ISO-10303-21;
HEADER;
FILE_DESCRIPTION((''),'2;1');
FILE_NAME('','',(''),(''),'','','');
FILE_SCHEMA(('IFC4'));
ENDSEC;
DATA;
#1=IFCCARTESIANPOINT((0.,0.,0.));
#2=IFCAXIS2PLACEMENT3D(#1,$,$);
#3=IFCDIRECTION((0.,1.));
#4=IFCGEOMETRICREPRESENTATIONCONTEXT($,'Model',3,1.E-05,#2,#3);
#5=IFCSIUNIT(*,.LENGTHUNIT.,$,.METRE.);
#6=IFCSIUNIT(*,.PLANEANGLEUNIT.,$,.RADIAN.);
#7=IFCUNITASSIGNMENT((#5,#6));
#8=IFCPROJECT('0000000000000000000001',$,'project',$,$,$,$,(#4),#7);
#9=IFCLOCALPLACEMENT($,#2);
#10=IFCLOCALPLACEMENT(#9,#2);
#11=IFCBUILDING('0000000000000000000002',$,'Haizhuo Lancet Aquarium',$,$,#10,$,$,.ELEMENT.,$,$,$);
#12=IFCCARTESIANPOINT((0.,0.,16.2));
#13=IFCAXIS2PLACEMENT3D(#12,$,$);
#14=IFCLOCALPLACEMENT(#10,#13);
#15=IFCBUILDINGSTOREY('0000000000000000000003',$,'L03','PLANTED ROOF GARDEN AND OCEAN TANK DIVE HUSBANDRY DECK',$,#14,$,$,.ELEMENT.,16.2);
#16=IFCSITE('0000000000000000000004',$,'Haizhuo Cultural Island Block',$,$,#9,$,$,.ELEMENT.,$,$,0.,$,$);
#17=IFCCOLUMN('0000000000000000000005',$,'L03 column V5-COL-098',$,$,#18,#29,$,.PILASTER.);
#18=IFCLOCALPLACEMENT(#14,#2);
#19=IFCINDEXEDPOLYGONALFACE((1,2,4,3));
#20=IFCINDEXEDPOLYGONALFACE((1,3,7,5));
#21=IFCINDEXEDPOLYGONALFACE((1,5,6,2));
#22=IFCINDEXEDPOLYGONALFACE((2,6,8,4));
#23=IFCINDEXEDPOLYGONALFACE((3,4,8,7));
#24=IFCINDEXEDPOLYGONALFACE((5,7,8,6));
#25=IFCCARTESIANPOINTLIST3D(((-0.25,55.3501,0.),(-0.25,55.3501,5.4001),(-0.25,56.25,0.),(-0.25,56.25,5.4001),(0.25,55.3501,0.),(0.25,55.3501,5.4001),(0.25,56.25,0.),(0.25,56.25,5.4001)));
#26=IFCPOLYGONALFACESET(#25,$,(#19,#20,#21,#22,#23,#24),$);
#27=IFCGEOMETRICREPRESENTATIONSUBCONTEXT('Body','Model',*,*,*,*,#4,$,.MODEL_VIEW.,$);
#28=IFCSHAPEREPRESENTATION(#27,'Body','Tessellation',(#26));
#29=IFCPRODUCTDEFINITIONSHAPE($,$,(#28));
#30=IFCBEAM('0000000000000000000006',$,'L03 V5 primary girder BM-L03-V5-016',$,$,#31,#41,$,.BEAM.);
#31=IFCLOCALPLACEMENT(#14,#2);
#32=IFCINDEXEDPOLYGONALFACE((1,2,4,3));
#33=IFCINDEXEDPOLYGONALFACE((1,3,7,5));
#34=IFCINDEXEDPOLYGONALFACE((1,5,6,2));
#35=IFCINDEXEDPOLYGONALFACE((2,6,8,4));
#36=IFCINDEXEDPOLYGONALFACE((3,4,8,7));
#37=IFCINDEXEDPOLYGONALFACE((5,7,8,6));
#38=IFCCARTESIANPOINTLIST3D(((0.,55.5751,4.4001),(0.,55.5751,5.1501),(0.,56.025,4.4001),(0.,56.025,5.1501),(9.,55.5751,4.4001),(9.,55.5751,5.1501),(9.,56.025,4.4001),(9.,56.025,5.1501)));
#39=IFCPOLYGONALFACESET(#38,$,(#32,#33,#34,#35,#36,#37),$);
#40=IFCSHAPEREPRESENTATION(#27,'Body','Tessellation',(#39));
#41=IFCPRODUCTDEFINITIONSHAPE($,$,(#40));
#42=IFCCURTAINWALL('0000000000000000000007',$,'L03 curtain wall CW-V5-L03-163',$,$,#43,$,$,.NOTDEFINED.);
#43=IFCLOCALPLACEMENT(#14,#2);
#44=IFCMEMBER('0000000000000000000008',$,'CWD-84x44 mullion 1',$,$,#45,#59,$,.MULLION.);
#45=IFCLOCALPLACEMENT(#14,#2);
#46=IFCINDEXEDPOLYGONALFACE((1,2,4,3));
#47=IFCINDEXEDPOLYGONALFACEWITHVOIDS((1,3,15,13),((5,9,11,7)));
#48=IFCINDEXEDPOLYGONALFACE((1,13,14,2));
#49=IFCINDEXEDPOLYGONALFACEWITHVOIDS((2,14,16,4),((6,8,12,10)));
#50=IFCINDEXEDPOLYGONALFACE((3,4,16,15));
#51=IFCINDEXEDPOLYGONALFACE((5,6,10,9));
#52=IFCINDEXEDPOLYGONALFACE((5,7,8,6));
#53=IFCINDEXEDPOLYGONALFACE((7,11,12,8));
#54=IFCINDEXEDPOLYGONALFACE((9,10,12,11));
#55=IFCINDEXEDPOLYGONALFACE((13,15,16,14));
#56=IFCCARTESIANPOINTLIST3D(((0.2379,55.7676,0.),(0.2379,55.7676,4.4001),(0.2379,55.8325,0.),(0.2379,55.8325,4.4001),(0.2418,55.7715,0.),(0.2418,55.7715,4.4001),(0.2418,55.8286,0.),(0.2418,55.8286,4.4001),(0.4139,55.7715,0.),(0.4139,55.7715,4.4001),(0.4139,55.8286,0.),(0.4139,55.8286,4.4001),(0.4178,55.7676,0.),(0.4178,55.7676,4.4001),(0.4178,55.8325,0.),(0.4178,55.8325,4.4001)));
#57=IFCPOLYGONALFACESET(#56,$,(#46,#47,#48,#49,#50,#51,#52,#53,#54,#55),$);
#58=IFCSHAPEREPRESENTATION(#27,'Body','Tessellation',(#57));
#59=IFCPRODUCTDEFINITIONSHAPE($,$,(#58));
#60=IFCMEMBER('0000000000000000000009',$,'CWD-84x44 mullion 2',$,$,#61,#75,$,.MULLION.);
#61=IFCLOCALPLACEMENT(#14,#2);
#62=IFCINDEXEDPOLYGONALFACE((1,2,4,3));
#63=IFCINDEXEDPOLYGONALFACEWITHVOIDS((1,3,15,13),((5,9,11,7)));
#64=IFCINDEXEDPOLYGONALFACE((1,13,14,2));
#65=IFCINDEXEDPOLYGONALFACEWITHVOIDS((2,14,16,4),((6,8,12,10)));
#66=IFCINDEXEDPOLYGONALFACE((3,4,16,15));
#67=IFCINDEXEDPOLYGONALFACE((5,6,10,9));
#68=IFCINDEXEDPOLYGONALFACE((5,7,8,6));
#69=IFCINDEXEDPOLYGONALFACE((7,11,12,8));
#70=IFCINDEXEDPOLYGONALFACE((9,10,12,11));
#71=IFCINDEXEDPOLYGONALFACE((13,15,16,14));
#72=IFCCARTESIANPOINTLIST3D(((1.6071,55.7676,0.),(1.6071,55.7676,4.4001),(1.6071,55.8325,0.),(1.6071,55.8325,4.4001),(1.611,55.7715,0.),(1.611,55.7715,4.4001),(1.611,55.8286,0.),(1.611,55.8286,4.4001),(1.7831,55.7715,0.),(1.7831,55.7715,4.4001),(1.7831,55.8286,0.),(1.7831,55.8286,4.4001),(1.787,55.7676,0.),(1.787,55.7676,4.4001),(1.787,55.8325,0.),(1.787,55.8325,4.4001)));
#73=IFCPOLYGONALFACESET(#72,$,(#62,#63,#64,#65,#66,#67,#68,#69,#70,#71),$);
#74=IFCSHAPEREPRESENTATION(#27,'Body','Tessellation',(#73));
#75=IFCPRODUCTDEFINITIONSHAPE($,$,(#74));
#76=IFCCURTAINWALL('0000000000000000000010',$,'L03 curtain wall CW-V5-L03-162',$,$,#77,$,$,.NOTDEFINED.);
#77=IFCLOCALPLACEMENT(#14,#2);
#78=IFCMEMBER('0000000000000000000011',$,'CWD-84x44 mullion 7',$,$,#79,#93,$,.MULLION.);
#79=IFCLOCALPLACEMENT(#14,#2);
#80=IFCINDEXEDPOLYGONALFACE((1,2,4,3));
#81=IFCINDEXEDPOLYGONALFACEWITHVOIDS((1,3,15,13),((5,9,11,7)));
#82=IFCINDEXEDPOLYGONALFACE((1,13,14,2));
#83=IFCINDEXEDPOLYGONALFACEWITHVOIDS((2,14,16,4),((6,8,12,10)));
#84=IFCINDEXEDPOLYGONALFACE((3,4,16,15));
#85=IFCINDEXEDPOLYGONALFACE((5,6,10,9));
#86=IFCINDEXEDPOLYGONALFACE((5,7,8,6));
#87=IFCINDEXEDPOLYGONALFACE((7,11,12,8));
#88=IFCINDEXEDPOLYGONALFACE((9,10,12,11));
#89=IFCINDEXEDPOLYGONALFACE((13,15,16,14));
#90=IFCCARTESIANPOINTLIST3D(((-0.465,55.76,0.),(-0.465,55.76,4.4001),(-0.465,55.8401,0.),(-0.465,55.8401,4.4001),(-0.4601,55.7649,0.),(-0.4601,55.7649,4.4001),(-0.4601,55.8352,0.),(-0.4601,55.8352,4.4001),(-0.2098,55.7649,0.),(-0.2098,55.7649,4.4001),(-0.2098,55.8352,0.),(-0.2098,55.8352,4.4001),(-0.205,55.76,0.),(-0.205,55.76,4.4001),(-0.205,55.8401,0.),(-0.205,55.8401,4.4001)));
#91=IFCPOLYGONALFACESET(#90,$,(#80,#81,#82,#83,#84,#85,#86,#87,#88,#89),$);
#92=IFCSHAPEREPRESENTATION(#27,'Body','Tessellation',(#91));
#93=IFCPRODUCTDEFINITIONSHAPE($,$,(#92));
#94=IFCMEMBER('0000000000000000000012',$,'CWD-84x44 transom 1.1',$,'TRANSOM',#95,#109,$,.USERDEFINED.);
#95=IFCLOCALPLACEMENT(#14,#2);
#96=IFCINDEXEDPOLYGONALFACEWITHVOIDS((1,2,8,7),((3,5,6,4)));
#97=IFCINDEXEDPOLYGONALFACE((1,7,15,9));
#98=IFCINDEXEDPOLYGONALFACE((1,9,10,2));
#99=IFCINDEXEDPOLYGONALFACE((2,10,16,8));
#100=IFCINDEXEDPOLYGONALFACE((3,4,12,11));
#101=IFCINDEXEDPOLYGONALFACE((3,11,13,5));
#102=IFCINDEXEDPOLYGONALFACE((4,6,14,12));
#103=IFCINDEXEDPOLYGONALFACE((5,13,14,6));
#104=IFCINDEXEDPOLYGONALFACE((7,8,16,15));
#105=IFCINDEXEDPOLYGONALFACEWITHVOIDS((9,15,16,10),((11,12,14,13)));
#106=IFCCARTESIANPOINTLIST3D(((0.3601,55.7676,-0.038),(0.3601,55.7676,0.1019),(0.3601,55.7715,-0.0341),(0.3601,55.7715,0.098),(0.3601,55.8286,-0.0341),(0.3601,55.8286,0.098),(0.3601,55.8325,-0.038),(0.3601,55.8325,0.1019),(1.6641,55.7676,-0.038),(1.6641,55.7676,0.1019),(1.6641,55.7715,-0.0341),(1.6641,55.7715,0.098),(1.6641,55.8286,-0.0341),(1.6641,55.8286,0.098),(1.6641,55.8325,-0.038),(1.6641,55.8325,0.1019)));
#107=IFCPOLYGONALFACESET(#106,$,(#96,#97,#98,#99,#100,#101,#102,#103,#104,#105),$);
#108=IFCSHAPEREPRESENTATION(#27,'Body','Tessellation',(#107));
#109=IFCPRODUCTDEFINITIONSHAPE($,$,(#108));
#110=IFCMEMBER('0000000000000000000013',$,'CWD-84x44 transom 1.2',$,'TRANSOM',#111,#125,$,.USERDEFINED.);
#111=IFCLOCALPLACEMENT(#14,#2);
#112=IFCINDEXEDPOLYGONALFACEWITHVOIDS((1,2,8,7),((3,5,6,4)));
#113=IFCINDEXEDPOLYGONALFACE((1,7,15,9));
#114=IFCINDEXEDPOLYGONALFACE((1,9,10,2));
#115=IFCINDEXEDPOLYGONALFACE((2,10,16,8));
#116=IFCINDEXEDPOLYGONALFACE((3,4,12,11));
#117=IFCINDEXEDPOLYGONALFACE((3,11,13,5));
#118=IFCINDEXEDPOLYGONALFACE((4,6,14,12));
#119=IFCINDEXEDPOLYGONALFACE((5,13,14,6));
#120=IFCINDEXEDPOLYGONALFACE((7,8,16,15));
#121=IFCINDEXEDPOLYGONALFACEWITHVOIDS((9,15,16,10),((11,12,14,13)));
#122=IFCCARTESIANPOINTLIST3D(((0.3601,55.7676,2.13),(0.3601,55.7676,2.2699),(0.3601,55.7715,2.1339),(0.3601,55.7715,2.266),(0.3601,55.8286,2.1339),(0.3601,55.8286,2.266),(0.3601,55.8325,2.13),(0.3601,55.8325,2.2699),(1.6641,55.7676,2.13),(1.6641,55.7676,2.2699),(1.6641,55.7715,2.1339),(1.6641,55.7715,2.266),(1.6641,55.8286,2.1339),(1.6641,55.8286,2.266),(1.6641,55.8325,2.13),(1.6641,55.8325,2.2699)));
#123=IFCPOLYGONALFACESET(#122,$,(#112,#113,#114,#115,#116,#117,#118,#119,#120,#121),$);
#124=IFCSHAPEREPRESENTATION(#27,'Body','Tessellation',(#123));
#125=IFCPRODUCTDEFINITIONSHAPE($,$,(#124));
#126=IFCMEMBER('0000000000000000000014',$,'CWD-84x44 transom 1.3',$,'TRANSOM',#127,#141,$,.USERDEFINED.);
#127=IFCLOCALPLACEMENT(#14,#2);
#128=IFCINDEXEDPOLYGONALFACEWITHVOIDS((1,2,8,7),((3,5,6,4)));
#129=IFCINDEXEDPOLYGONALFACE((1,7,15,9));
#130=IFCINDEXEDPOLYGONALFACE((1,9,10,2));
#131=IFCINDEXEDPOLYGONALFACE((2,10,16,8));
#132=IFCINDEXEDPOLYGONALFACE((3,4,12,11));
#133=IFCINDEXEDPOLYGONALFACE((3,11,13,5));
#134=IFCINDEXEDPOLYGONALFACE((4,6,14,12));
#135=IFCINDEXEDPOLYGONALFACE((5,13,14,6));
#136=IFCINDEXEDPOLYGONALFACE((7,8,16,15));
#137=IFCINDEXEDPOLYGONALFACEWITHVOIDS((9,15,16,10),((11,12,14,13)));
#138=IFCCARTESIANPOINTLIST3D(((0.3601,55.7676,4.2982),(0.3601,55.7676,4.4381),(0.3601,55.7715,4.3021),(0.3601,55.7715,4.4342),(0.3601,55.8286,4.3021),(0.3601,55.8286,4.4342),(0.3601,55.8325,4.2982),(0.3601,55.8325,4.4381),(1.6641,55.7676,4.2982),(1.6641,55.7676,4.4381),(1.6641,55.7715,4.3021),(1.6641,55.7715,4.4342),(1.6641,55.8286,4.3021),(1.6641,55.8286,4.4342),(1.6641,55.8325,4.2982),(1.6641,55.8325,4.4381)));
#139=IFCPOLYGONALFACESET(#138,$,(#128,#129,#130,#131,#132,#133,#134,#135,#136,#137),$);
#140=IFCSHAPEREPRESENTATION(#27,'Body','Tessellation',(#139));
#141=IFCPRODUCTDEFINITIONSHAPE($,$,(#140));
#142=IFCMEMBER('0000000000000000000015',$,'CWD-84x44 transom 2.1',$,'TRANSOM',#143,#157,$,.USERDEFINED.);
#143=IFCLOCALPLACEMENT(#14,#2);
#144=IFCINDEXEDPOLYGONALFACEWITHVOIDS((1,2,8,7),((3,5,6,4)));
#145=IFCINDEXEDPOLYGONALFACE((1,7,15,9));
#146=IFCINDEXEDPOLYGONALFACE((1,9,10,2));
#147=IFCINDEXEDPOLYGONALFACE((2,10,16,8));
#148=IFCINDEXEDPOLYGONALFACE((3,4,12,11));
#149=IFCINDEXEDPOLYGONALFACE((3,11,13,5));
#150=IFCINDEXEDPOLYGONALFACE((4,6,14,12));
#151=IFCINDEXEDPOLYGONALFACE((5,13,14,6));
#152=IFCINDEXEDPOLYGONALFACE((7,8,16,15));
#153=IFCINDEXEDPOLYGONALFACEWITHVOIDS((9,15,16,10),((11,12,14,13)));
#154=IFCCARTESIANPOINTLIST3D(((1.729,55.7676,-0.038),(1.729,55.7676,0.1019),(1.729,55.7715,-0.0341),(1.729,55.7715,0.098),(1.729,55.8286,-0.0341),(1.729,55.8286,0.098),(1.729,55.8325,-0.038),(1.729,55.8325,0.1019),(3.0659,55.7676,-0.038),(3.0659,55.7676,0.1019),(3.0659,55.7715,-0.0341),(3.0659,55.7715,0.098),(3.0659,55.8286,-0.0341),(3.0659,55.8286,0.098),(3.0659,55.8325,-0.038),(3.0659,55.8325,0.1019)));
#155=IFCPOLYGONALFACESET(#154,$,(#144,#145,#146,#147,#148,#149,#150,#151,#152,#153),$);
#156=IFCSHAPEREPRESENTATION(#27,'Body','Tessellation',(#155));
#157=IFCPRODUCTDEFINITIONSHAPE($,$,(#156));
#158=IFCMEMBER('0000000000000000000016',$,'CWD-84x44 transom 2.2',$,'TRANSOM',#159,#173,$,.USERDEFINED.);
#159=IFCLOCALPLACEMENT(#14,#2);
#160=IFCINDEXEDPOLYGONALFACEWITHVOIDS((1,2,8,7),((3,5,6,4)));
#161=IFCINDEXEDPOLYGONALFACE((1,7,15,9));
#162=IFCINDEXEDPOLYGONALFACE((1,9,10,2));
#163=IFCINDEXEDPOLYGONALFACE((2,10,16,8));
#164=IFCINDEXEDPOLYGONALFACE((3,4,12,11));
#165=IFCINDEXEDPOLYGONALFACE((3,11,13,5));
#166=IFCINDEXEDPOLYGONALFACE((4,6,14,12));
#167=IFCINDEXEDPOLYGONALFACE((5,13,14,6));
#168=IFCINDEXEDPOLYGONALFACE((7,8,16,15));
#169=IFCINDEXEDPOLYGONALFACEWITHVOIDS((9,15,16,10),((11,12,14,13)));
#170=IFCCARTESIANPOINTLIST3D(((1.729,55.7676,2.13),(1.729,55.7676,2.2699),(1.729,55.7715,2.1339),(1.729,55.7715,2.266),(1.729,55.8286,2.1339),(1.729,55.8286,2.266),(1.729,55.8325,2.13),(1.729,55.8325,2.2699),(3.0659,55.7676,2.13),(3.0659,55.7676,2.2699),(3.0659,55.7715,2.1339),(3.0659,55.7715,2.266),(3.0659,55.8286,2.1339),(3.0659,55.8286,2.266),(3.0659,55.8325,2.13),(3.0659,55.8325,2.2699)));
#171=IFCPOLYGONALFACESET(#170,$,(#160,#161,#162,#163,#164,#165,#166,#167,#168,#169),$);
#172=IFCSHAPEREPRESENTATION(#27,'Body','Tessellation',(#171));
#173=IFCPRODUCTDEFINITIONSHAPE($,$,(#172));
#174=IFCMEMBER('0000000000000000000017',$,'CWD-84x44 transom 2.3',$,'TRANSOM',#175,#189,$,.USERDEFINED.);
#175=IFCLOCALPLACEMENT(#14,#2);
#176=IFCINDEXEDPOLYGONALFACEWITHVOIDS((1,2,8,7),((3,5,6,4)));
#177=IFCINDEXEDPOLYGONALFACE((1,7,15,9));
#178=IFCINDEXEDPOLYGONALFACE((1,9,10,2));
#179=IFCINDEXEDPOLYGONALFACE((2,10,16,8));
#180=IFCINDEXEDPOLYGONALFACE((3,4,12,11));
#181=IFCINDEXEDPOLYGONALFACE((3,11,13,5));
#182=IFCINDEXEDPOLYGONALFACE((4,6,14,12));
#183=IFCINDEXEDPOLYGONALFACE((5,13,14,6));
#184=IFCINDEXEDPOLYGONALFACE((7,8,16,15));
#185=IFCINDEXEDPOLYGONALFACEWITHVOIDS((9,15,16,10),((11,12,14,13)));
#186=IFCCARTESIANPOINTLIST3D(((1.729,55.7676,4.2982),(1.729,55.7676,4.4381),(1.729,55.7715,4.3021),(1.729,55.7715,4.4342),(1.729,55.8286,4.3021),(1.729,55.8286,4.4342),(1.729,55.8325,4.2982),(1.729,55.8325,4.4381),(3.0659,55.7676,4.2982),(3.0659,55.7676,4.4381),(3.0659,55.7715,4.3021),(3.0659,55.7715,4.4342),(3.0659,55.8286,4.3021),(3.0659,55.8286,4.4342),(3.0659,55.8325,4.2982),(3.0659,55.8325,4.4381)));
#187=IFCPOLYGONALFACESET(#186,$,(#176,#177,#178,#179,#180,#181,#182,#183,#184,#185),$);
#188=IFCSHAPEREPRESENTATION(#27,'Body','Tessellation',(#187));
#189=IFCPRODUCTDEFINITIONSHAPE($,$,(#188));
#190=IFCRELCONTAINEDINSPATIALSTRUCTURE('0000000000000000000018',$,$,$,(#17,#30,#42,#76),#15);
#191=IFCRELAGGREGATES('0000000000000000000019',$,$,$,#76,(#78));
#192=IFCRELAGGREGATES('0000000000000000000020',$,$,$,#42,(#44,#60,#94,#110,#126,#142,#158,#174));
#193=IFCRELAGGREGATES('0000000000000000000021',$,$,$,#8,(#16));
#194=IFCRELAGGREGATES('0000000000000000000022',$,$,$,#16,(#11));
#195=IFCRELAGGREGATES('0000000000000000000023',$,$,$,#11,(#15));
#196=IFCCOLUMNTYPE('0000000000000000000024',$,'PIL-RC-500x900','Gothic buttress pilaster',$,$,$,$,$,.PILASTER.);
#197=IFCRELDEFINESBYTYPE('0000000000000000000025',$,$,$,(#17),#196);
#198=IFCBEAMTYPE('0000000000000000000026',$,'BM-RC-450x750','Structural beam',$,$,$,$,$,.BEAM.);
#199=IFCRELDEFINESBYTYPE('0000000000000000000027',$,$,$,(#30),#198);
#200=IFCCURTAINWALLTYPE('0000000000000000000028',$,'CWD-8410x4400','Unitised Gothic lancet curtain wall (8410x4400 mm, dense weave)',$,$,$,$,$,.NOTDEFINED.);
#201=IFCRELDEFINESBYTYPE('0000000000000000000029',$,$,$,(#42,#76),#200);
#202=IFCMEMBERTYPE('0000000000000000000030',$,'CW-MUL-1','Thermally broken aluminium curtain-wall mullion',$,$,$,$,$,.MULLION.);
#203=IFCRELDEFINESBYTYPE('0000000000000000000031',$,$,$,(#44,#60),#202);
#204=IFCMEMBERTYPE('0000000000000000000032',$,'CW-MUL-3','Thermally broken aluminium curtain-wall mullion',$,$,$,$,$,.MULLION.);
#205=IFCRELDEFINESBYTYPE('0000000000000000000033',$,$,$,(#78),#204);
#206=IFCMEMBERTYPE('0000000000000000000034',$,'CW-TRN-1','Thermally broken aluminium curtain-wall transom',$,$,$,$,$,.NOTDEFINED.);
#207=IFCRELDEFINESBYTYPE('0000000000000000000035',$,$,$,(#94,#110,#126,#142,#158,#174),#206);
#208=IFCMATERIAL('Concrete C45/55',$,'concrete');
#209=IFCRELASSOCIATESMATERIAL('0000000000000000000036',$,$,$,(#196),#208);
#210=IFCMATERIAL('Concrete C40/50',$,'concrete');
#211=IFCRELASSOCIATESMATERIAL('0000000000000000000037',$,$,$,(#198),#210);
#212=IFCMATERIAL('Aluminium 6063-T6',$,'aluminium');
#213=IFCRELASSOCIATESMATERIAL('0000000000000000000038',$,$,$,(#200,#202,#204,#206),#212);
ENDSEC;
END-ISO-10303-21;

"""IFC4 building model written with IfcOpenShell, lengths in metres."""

from ifc_helpers import new_model, si_unit, direction, frame, origin, origin_2d, place, context, subcontext, project, spatial, rectangle, hollow_rectangle, extrude, material, material_profile, profile_set, type_object, element, aggregate, save


model = new_model("IFC4")

# Units and contexts
model_context = context("Model", 3, precision=1e-05, world=origin(), true_north=direction((0.0, 1.0)))
body_context = subcontext(model_context, "Body", "Model", "MODEL_VIEW")
ifc_project = project(units=[si_unit("LENGTHUNIT", "METRE"), si_unit("PLANEANGLEUNIT", "RADIAN")], contexts=[model_context])

# Site, building, storey
site_placement = place(None, origin())
site = spatial("IfcSite", under=ifc_project, at=site_placement, Name="Haizhuo Cultural Island Block", CompositionType="ELEMENT", RefElevation=0.0)
building_placement = place(site_placement, origin())
building = spatial("IfcBuilding", under=site, at=building_placement, Name="Haizhuo Lancet Aquarium", CompositionType="ELEMENT")
storey_placement = place(building_placement, frame((0.0, 0.0, 16.2)))
storey = spatial("IfcBuildingStorey", under=building, at=storey_placement, Name="L03", Description="PLANTED ROOF GARDEN AND OCEAN TANK DIVE HUSBANDRY DECK", CompositionType="ELEMENT", Elevation=16.2)

# Column
ifc_material_1 = material(Name="Concrete C45/55", Category="concrete")
ifc_material_profile_1 = material_profile(ifc_material_1, rectangle(XDim=0.5, YDim=0.8999, at=origin_2d()), Name="RC-PIL 500x900")
ifc_profile_set_1 = profile_set([ifc_material_profile_1], Name="Concrete C45/55")
column_type = type_object("IfcColumnType", Name="PIL-RC-500x900", Description="Gothic buttress pilaster", PredefinedType="PILASTER", material=ifc_profile_set_1)
column_placement = place(storey_placement, frame((0.0, 55.8, 0.0), z_axis=(0.0, 0.0, 1.0), x_axis=(1.0, 0.0, 0.0)))
element("IfcColumn", 1, at=column_placement, inside=storey, type_object=column_type, Name="L03 column V5-COL-098", PredefinedType="PILASTER", context=body_context, shape_type="SweptSolid", body=[
    extrude(rectangle(XDim=0.5, YDim=0.8999, at=origin_2d()), origin(), (0.0, 0.0, 1.0), 5.4001),
])

# Beam
ifc_material_2 = material(Name="Concrete C40/50", Category="concrete")
ifc_material_profile_2 = material_profile(ifc_material_2, rectangle(XDim=0.45, YDim=0.75, at=origin_2d()), Name="RC-BM 450x750")
ifc_profile_set_2 = profile_set([ifc_material_profile_2], Name="Concrete C40/50")
beam_type = type_object("IfcBeamType", Name="BM-RC-450x750", Description="Structural beam", PredefinedType="BEAM", material=ifc_profile_set_2)
beam_placement = place(storey_placement, frame((0.0, 55.8, 4.7751), z_axis=(1.0, 0.0, 0.0), x_axis=(0.0, 1.0, 0.0)))
element("IfcBeam", 2, at=beam_placement, inside=storey, type_object=beam_type, Name="L03 V5 primary girder BM-L03-V5-016", PredefinedType="BEAM", context=body_context, shape_type="SweptSolid", body=[
    extrude(rectangle(XDim=0.45, YDim=0.75, at=origin_2d()), origin(), (0.0, 0.0, 1.0), 9.0),
])

# Curtain wall, members
ifc_material_3 = material(Name="Aluminium 6063-T6", Category="aluminium")
curtain_wall_type = type_object("IfcCurtainWallType", Name="CWD-8410x4400", Description="Unitised Gothic lancet curtain wall (8410x4400 mm, dense weave)", PredefinedType="NOTDEFINED", material=ifc_material_3)
curtain_wall_1_placement = place(storey_placement, origin())
curtain_wall_1 = element("IfcCurtainWall", 3, at=curtain_wall_1_placement, inside=storey, type_object=curtain_wall_type, Name="L03 curtain wall CW-V5-L03-163", PredefinedType="NOTDEFINED")
ifc_material_profile_3 = material_profile(ifc_material_3, hollow_rectangle(XDim=0.0649, YDim=0.1799, WallThickness=0.0039, at=origin_2d()), Name="ALU-M 65x180x4")
ifc_profile_set_3 = profile_set([ifc_material_profile_3], Name="Aluminium 6063-T6")
member_type_1 = type_object("IfcMemberType", Name="CW-MUL-1", Description="Thermally broken aluminium curtain-wall mullion", PredefinedType="MULLION", material=ifc_profile_set_3)
member_1_placement = place(storey_placement, frame((0.3279, 55.8, 0.0), z_axis=(0.0, 0.0, 1.0), x_axis=(0.0, 1.0, 0.0)))
member_1 = element("IfcMember", 4, at=member_1_placement, type_object=member_type_1, Name="CWD-84x44 mullion 1", PredefinedType="MULLION", context=body_context, shape_type="SweptSolid", body=[
    extrude(hollow_rectangle(XDim=0.0649, YDim=0.1799, WallThickness=0.0039, at=origin_2d()), origin(), (0.0, 0.0, 1.0), 4.4001),
])
member_2_placement = place(storey_placement, frame((1.697, 55.8, 0.0), z_axis=(0.0, 0.0, 1.0), x_axis=(0.0, 1.0, 0.0)))
member_2 = element("IfcMember", 5, at=member_2_placement, type_object=member_type_1, Name="CWD-84x44 mullion 2", PredefinedType="MULLION", context=body_context, shape_type="SweptSolid", body=[
    extrude(hollow_rectangle(XDim=0.0649, YDim=0.1799, WallThickness=0.0039, at=origin_2d()), origin(), (0.0, 0.0, 1.0), 4.4001),
])

# Curtain wall, member
curtain_wall_2_placement = place(storey_placement, origin())
curtain_wall_2 = element("IfcCurtainWall", 6, at=curtain_wall_2_placement, inside=storey, type_object=curtain_wall_type, Name="L03 curtain wall CW-V5-L03-162", PredefinedType="NOTDEFINED")
ifc_material_profile_4 = material_profile(ifc_material_3, hollow_rectangle(XDim=0.0801, YDim=0.26, WallThickness=0.0049, at=origin_2d()), Name="ALU-M 80x260x5")
ifc_profile_set_4 = profile_set([ifc_material_profile_4], Name="Aluminium 6063-T6")
member_type_2 = type_object("IfcMemberType", Name="CW-MUL-3", Description="Thermally broken aluminium curtain-wall mullion", PredefinedType="MULLION", material=ifc_profile_set_4)
member_3_placement = place(storey_placement, frame((-0.335, 55.8, 0.0), z_axis=(0.0, 0.0, 1.0), x_axis=(0.0, 1.0, 0.0)))
member_3 = element("IfcMember", 7, at=member_3_placement, type_object=member_type_2, Name="CWD-84x44 mullion 7", PredefinedType="MULLION", context=body_context, shape_type="SweptSolid", body=[
    extrude(hollow_rectangle(XDim=0.0801, YDim=0.26, WallThickness=0.0049, at=origin_2d()), origin(), (0.0, 0.0, 1.0), 4.4001),
])
aggregate(curtain_wall_2, [member_3])

# Members
ifc_material_profile_5 = material_profile(ifc_material_3, hollow_rectangle(XDim=0.0649, YDim=0.1399, WallThickness=0.0039, at=origin_2d()), Name="ALU-T 65x140x4")
ifc_profile_set_5 = profile_set([ifc_material_profile_5], Name="Aluminium 6063-T6")
member_type_3 = type_object("IfcMemberType", Name="CW-TRN-1", Description="Thermally broken aluminium curtain-wall transom", PredefinedType="NOTDEFINED", material=ifc_profile_set_5)
member_4_placement = place(storey_placement, frame((0.3601, 55.8, 0.032), z_axis=(1.0, 0.0, 0.0), x_axis=(0.0, 1.0, 0.0)))
member_4 = element("IfcMember", 8, at=member_4_placement, type_object=member_type_3, Name="CWD-84x44 transom 1.1", ObjectType="TRANSOM", PredefinedType="USERDEFINED", context=body_context, shape_type="SweptSolid", body=[
    extrude(hollow_rectangle(XDim=0.0649, YDim=0.1399, WallThickness=0.0039, at=origin_2d()), origin(), (0.0, 0.0, 1.0), 1.304),
])
member_5_placement = place(storey_placement, frame((0.3601, 55.8, 2.2), z_axis=(1.0, 0.0, 0.0), x_axis=(0.0, 1.0, 0.0)))
member_5 = element("IfcMember", 9, at=member_5_placement, type_object=member_type_3, Name="CWD-84x44 transom 1.2", ObjectType="TRANSOM", PredefinedType="USERDEFINED", context=body_context, shape_type="SweptSolid", body=[
    extrude(hollow_rectangle(XDim=0.0649, YDim=0.1399, WallThickness=0.0039, at=origin_2d()), origin(), (0.0, 0.0, 1.0), 1.304),
])
member_6_placement = place(storey_placement, frame((0.3601, 55.8, 4.3682), z_axis=(1.0, 0.0, 0.0), x_axis=(0.0, 1.0, 0.0)))
member_6 = element("IfcMember", 10, at=member_6_placement, type_object=member_type_3, Name="CWD-84x44 transom 1.3", ObjectType="TRANSOM", PredefinedType="USERDEFINED", context=body_context, shape_type="SweptSolid", body=[
    extrude(hollow_rectangle(XDim=0.0649, YDim=0.1399, WallThickness=0.0039, at=origin_2d()), origin(), (0.0, 0.0, 1.0), 1.304),
])
member_7_placement = place(storey_placement, frame((1.729, 55.8, 0.032), z_axis=(1.0, 0.0, 0.0), x_axis=(0.0, 1.0, 0.0)))
member_7 = element("IfcMember", 11, at=member_7_placement, type_object=member_type_3, Name="CWD-84x44 transom 2.1", ObjectType="TRANSOM", PredefinedType="USERDEFINED", context=body_context, shape_type="SweptSolid", body=[
    extrude(hollow_rectangle(XDim=0.0649, YDim=0.1399, WallThickness=0.0039, at=origin_2d()), origin(), (0.0, 0.0, 1.0), 1.3369),
])
member_8_placement = place(storey_placement, frame((1.729, 55.8, 2.2), z_axis=(1.0, 0.0, 0.0), x_axis=(0.0, 1.0, 0.0)))
member_8 = element("IfcMember", 12, at=member_8_placement, type_object=member_type_3, Name="CWD-84x44 transom 2.2", ObjectType="TRANSOM", PredefinedType="USERDEFINED", context=body_context, shape_type="SweptSolid", body=[
    extrude(hollow_rectangle(XDim=0.0649, YDim=0.1399, WallThickness=0.0039, at=origin_2d()), origin(), (0.0, 0.0, 1.0), 1.3369),
])
member_9_placement = place(storey_placement, frame((1.729, 55.8, 4.3682), z_axis=(1.0, 0.0, 0.0), x_axis=(0.0, 1.0, 0.0)))
member_9 = element("IfcMember", 13, at=member_9_placement, type_object=member_type_3, Name="CWD-84x44 transom 2.3", ObjectType="TRANSOM", PredefinedType="USERDEFINED", context=body_context, shape_type="SweptSolid", body=[
    extrude(hollow_rectangle(XDim=0.0649, YDim=0.1399, WallThickness=0.0039, at=origin_2d()), origin(), (0.0, 0.0, 1.0), 1.3369),
])

aggregate(curtain_wall_1, [member_1, member_2, member_4, member_5, member_6, member_7, member_8, member_9])

save(model, "model.ifc")
